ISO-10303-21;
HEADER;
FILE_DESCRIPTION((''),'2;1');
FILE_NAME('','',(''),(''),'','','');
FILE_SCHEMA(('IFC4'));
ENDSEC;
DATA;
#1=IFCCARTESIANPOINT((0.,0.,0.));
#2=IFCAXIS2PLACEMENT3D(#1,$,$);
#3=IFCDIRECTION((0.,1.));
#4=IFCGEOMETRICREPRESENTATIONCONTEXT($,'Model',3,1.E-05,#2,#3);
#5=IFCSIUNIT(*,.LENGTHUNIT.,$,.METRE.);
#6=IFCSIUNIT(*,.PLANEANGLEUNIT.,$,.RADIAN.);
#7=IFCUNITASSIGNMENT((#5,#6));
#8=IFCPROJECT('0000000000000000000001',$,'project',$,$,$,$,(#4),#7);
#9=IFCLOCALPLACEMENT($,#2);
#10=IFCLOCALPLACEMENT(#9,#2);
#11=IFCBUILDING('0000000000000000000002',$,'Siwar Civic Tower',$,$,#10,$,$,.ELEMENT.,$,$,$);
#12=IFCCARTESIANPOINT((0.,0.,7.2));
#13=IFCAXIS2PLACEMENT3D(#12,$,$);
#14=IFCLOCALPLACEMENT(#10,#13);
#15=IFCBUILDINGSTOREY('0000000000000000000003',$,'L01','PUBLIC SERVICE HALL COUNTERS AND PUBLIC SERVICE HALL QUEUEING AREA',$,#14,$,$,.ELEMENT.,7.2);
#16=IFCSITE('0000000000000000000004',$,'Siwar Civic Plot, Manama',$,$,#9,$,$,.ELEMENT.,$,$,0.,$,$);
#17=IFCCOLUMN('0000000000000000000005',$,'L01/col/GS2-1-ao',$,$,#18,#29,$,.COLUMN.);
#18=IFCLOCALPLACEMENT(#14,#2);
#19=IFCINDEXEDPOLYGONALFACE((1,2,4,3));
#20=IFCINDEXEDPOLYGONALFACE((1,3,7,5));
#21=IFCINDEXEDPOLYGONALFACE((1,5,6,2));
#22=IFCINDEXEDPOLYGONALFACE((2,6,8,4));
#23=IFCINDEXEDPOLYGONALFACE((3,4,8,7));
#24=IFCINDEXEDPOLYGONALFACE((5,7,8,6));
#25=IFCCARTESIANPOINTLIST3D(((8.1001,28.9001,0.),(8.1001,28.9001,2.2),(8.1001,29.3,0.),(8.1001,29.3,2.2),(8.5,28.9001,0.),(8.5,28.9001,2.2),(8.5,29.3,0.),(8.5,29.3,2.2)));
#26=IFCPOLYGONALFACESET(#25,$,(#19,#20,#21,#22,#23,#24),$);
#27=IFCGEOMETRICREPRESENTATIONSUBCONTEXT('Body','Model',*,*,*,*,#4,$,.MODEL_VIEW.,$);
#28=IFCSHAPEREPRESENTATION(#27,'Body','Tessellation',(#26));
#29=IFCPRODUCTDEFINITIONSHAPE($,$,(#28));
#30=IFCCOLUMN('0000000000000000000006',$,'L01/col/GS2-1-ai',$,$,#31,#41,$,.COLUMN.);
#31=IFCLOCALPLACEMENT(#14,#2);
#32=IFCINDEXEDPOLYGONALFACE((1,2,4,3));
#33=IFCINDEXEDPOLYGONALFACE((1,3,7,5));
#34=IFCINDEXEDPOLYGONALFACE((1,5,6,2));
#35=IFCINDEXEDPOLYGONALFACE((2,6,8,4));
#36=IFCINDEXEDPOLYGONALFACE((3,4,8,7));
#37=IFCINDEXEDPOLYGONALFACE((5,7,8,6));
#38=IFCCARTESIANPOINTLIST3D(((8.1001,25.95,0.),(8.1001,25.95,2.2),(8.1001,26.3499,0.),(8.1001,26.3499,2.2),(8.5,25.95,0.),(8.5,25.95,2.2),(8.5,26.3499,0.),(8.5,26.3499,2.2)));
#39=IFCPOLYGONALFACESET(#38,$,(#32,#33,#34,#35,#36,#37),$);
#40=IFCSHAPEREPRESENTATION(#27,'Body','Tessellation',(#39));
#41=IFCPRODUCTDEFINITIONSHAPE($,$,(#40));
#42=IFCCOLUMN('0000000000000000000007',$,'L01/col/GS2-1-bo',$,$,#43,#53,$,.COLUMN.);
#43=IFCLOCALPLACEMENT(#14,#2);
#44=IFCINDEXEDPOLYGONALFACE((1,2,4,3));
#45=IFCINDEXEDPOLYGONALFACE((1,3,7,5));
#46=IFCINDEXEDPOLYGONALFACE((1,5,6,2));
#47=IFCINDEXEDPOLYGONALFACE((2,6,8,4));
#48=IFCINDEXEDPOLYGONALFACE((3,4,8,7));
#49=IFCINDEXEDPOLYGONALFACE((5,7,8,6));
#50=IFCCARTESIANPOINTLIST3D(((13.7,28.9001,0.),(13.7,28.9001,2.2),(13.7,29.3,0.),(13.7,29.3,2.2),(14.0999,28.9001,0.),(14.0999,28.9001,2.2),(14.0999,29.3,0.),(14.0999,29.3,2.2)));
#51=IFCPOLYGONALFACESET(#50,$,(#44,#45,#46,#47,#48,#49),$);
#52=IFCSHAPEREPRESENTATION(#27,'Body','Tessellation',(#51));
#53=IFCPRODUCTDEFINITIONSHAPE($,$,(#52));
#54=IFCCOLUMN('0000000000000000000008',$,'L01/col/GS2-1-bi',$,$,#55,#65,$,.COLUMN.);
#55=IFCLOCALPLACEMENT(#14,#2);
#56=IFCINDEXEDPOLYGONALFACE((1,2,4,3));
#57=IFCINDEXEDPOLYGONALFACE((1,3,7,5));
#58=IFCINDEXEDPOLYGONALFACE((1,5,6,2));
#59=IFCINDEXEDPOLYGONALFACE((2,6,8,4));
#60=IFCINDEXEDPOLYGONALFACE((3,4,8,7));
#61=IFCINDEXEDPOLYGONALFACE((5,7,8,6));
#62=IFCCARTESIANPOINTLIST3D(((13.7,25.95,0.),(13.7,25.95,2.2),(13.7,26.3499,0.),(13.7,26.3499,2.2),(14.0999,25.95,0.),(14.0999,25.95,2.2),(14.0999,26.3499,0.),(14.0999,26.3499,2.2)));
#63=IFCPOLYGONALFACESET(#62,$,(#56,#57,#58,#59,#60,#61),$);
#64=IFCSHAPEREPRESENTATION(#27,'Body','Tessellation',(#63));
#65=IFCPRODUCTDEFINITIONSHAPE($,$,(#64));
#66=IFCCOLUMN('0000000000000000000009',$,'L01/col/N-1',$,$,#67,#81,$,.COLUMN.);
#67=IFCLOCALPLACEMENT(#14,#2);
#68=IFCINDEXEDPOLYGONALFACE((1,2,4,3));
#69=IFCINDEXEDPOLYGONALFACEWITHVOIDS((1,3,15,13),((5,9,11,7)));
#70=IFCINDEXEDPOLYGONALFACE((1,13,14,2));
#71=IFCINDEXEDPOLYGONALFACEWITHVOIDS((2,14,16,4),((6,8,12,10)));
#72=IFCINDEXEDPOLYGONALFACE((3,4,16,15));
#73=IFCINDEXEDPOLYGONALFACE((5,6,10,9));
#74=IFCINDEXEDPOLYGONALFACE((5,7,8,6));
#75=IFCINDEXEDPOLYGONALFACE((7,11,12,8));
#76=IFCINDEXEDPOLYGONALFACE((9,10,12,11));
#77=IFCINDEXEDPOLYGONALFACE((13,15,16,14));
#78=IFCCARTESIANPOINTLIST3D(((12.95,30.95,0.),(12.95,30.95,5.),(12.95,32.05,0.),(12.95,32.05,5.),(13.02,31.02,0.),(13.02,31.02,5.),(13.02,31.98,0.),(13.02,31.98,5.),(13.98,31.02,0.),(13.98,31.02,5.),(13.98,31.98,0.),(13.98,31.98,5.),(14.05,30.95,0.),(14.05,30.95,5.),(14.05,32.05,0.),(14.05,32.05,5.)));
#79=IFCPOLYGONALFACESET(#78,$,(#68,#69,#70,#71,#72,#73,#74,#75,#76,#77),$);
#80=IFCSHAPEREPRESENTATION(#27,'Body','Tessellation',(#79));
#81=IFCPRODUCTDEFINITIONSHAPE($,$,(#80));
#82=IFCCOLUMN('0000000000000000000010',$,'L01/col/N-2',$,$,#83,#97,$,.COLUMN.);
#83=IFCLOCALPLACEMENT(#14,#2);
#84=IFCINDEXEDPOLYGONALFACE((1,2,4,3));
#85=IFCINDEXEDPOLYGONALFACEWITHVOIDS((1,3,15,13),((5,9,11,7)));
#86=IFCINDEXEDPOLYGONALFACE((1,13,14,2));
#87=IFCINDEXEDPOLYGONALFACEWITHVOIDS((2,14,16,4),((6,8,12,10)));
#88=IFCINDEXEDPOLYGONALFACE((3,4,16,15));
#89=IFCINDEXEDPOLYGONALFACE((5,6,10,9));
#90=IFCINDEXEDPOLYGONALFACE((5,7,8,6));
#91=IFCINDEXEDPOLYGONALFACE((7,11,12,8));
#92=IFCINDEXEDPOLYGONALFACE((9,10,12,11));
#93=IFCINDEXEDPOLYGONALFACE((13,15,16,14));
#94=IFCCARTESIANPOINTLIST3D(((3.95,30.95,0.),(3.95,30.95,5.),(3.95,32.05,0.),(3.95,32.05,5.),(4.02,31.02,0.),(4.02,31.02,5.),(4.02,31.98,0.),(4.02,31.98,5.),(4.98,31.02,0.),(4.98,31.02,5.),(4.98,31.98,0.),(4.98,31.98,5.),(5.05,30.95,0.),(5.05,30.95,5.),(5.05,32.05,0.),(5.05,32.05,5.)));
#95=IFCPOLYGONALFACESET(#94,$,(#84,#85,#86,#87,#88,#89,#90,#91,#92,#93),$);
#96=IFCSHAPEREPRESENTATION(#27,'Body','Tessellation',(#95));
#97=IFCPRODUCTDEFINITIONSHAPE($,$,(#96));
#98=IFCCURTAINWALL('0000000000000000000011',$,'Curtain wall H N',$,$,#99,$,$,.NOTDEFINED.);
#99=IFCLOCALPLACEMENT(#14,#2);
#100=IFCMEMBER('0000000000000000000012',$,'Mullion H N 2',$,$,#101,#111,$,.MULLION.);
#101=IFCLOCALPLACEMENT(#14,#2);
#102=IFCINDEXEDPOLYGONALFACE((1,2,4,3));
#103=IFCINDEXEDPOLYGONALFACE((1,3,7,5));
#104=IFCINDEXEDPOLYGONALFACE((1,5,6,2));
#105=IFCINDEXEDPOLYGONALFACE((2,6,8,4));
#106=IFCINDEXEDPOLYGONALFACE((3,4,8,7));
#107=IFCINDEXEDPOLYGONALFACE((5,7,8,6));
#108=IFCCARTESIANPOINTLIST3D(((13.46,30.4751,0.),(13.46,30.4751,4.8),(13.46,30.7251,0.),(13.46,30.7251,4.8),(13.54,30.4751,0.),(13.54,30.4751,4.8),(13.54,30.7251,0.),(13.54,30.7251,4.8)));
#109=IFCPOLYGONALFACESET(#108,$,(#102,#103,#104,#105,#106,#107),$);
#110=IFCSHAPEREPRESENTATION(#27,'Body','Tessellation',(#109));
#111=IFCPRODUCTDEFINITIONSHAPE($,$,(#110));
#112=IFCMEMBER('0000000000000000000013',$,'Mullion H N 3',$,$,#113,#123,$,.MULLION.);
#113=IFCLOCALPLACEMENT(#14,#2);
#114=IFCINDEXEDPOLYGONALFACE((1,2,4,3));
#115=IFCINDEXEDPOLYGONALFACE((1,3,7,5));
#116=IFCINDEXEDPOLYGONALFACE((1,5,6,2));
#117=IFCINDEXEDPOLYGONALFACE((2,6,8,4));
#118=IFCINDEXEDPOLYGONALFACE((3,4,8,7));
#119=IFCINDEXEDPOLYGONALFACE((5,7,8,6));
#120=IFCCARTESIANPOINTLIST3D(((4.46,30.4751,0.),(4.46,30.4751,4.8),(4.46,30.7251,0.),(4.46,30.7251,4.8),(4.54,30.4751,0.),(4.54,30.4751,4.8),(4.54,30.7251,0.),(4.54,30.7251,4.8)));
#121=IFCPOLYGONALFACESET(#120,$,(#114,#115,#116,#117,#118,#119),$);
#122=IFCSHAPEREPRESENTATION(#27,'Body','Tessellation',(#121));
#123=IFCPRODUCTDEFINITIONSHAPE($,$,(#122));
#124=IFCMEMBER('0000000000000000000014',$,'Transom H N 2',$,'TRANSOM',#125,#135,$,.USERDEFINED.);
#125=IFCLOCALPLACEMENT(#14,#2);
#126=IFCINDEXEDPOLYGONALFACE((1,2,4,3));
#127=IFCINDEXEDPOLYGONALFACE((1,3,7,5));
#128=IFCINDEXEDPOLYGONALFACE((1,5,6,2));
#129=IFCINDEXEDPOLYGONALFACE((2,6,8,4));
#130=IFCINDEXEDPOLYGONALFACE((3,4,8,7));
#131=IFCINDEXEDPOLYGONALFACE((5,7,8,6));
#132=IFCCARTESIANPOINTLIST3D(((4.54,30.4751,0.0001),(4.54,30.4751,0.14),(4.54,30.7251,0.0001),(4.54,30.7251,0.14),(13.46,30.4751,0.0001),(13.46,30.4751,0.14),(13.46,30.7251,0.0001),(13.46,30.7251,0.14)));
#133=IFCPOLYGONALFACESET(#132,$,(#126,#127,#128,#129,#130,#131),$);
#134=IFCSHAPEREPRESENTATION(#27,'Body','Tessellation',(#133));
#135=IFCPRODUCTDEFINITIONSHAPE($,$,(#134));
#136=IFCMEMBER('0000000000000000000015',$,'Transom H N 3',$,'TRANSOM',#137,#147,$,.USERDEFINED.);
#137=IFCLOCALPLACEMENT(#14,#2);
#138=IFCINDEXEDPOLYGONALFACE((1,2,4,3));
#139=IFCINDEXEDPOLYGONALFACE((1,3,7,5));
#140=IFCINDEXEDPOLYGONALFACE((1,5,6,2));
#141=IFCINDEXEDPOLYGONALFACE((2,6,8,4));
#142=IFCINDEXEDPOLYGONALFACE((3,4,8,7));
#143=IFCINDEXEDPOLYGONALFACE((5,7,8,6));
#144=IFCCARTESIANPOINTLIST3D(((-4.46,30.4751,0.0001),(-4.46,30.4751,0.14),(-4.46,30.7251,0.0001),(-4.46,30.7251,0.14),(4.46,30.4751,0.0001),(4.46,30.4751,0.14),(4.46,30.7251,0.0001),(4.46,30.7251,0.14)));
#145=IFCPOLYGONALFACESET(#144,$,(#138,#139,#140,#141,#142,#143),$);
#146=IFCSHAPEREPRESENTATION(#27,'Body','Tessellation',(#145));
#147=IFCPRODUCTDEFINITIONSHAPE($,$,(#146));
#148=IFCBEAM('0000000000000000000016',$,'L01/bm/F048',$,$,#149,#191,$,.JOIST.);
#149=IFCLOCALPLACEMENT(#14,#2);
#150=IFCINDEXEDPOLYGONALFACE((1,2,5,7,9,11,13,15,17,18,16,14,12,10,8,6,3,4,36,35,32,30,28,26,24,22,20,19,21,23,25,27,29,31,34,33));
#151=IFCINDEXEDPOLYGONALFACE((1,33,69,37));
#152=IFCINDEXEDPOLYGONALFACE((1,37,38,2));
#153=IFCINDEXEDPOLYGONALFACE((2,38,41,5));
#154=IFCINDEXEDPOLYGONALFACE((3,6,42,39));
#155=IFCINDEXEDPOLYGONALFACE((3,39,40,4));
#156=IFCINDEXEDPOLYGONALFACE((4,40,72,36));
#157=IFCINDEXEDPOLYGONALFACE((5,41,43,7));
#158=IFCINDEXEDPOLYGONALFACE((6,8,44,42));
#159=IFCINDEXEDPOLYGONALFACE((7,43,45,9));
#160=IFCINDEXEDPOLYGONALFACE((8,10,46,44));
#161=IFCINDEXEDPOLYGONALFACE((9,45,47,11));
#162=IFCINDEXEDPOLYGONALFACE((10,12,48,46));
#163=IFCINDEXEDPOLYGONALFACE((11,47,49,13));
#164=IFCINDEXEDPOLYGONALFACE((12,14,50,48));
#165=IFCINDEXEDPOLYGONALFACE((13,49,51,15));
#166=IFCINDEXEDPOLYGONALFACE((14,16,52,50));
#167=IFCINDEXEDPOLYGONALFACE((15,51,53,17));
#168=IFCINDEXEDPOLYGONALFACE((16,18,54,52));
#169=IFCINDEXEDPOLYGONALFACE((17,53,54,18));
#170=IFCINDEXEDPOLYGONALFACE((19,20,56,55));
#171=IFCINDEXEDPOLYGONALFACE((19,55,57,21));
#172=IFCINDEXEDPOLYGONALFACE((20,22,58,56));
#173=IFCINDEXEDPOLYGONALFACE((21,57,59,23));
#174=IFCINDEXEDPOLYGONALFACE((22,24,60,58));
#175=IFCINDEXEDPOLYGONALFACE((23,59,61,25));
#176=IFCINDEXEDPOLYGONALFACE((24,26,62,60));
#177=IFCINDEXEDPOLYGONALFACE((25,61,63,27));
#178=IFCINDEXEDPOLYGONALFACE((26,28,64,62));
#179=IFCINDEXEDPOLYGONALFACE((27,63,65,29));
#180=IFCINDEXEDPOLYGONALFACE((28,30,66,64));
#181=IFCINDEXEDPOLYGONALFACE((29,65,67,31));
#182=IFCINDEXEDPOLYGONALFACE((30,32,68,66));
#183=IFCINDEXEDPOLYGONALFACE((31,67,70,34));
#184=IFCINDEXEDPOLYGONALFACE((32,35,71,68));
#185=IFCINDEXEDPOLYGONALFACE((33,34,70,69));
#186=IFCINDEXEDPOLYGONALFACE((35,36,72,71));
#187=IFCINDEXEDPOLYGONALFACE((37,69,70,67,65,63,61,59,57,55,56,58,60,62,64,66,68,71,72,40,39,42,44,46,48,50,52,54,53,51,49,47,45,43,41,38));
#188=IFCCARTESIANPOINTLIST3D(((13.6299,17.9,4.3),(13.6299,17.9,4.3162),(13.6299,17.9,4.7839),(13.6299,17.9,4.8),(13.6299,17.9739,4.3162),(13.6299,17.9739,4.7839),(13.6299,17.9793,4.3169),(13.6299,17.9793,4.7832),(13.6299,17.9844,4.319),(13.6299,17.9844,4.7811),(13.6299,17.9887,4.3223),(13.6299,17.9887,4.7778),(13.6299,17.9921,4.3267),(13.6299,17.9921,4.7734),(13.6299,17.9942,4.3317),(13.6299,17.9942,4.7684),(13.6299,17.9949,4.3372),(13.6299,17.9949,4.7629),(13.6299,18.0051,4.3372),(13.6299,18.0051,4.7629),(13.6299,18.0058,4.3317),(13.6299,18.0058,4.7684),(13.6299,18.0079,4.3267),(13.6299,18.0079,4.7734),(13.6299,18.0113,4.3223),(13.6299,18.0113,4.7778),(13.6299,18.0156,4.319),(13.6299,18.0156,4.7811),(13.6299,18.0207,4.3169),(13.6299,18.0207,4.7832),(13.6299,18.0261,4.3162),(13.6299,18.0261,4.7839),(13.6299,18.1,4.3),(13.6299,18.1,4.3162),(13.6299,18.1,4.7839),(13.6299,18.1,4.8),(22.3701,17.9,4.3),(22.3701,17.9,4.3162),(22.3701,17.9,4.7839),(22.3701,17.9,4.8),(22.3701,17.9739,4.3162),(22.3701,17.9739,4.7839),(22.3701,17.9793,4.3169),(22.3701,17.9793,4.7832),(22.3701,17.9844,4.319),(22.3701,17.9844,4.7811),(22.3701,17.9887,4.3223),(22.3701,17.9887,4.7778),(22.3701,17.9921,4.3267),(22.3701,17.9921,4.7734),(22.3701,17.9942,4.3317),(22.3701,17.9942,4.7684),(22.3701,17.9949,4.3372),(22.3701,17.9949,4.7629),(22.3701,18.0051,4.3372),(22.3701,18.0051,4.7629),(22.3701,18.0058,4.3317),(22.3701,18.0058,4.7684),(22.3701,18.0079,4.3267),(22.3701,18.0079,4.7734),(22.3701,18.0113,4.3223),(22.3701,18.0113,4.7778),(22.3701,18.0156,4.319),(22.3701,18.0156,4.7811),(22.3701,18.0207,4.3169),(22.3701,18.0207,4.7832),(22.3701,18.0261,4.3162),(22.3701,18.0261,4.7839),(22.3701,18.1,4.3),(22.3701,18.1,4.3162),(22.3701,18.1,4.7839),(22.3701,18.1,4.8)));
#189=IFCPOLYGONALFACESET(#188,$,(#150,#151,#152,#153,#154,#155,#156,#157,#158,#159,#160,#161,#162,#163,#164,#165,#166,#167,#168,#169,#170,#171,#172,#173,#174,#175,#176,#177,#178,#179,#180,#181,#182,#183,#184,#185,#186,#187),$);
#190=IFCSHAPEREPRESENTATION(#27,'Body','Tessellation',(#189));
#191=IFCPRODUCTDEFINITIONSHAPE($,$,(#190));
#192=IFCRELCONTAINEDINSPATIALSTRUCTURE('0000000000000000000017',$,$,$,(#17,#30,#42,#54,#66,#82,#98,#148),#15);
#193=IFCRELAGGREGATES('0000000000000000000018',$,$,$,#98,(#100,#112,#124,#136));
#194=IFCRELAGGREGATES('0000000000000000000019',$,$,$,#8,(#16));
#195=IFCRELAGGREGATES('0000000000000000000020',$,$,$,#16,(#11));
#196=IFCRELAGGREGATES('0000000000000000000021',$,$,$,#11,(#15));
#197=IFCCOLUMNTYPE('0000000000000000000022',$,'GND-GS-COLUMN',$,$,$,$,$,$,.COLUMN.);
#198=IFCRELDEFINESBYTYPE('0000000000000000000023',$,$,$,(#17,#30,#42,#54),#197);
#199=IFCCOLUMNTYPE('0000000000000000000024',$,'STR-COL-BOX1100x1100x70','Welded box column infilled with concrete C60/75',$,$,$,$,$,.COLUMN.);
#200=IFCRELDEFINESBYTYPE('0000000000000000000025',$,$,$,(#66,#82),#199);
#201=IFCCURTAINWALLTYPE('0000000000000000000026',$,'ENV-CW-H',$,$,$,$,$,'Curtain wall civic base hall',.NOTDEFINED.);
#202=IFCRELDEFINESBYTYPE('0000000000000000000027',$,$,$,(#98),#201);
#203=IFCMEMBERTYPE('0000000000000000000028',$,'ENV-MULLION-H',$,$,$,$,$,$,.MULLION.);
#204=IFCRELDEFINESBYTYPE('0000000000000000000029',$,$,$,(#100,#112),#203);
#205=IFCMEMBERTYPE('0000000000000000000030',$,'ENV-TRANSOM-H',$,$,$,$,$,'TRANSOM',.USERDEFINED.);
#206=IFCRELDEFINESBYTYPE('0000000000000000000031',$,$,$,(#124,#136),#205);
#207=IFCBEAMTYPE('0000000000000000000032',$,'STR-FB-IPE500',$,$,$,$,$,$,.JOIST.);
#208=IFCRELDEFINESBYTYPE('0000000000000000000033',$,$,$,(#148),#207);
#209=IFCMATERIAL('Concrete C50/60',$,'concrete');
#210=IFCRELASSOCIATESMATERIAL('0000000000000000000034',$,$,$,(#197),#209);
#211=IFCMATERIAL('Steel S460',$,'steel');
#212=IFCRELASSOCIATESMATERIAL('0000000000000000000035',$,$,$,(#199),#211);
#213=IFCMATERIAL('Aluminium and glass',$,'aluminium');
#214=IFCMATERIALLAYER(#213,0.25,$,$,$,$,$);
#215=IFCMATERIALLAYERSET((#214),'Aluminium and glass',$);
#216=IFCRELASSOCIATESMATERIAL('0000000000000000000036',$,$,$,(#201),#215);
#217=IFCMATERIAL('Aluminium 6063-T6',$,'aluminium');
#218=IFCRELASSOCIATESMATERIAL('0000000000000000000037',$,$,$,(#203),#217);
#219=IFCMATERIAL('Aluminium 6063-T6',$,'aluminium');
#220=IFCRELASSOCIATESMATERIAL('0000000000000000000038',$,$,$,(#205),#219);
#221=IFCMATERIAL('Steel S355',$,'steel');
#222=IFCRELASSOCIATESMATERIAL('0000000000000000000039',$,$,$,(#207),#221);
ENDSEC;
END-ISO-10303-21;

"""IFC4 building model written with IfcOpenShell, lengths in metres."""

from ifc_helpers import new_model, si_unit, direction, frame, origin, origin_2d, place, context, subcontext, project, spatial, rectangle, hollow_rectangle, i_section, extrude, material, layer, layer_set, material_profile, profile_set, type_object, element, aggregate, save


model = new_model("IFC4")

# Units and contexts
model_context = context("Model", 3, precision=1e-05, world=origin(), true_north=direction((0.0, 1.0)))
body_context = subcontext(model_context, "Body", "Model", "MODEL_VIEW")
ifc_project = project(units=[si_unit("LENGTHUNIT", "METRE"), si_unit("PLANEANGLEUNIT", "RADIAN")], contexts=[model_context])

# Site, building, storey
site_placement = place(None, origin())
site = spatial("IfcSite", under=ifc_project, at=site_placement, Name="Siwar Civic Plot, Manama", CompositionType="ELEMENT", RefElevation=0.0)
building_placement = place(site_placement, origin())
building = spatial("IfcBuilding", under=site, at=building_placement, Name="Siwar Civic Tower", CompositionType="ELEMENT")
storey_placement = place(building_placement, frame((0.0, 0.0, 7.2)))
storey = spatial("IfcBuildingStorey", under=building, at=storey_placement, Name="L01", Description="PUBLIC SERVICE HALL COUNTERS AND PUBLIC SERVICE HALL QUEUEING AREA", CompositionType="ELEMENT", Elevation=7.2)

# Columns
ifc_material_1 = material(Name="Concrete C50/60", Category="concrete")
ifc_material_profile_1 = material_profile(ifc_material_1, rectangle(XDim=0.3999, YDim=0.3999, at=origin_2d()), Name="RC400x400")
ifc_profile_set_1 = profile_set([ifc_material_profile_1], Name="Concrete C50/60")
column_type_1 = type_object("IfcColumnType", Name="GND-GS-COLUMN", PredefinedType="COLUMN", material=ifc_profile_set_1)
for number, where, z_axis, x_axis, name in (
    (1, (8.3, 29.1001, 0.0), (0.0, 0.0, 1.0), (1.0, 0.0, 0.0), "L01/col/GS2-1-ao"),
    (2, (8.3, 26.1499, 0.0), (0.0, 0.0, 1.0), (1.0, 0.0, 0.0), "L01/col/GS2-1-ai"),
    (3, (13.8999, 29.1001, 0.0), (0.0, 0.0, 1.0), (1.0, 0.0, 0.0), "L01/col/GS2-1-bo"),
    (4, (13.8999, 26.1499, 0.0), (0.0, 0.0, 1.0), (1.0, 0.0, 0.0), "L01/col/GS2-1-bi"),
):
    element("IfcColumn", number, at=place(storey_placement, frame(where, z_axis=z_axis, x_axis=x_axis)), inside=storey, type_object=column_type_1, Name=name, PredefinedType="COLUMN", context=body_context, shape_type="SweptSolid", body=[
        extrude(rectangle(XDim=0.3999, YDim=0.3999, at=origin_2d()), origin(), (0.0, 0.0, 1.0), 2.2),
    ])
ifc_material_2 = material(Name="Steel S460", Category="steel")
ifc_material_profile_2 = material_profile(ifc_material_2, hollow_rectangle(XDim=1.1001, YDim=1.1001, WallThickness=0.0701, at=origin_2d()), Name="BOX1100x1100x70")
ifc_profile_set_2 = profile_set([ifc_material_profile_2], Name="Steel S460")
column_type_2 = type_object("IfcColumnType", Name="STR-COL-BOX1100x1100x70", Description="Welded box column infilled with concrete C60/75", PredefinedType="COLUMN", material=ifc_profile_set_2)
for number, where, z_axis, x_axis, name in (
    (5, (13.5, 31.5, 0.0), (0.0, 0.0, 1.0), (1.0, 0.0, 0.0), "L01/col/N-1"),
    (6, (4.5, 31.5, 0.0), (0.0, 0.0, 1.0), (1.0, 0.0, 0.0), "L01/col/N-2"),
):
    element("IfcColumn", number, at=place(storey_placement, frame(where, z_axis=z_axis, x_axis=x_axis)), inside=storey, type_object=column_type_2, Name=name, PredefinedType="COLUMN", context=body_context, shape_type="SweptSolid", body=[
        extrude(hollow_rectangle(XDim=1.1001, YDim=1.1001, WallThickness=0.0701, at=origin_2d()), origin(), (0.0, 0.0, 1.0), 5.0),
    ])

# Curtain wall, members
ifc_material_3 = material(Name="Aluminium and glass", Category="aluminium")
ifc_layer_1 = layer(ifc_material_3, 0.25)
ifc_layer_set_1 = layer_set([ifc_layer_1], Name="Aluminium and glass")
curtain_wall_type = type_object("IfcCurtainWallType", Name="ENV-CW-H", ElementType="Curtain wall civic base hall", PredefinedType="NOTDEFINED", material=ifc_layer_set_1)
curtain_wall_placement = place(storey_placement, origin())
curtain_wall = element("IfcCurtainWall", 7, at=curtain_wall_placement, inside=storey, type_object=curtain_wall_type, Name="Curtain wall H N", PredefinedType="NOTDEFINED")
ifc_material_4 = material(Name="Aluminium 6063-T6", Category="aluminium")
ifc_material_profile_3 = material_profile(ifc_material_4, rectangle(XDim=0.25, YDim=0.0801, at=origin_2d()), Name="AL 250x80")
ifc_profile_set_3 = profile_set([ifc_material_profile_3], Name="Aluminium 6063-T6")
member_type_1 = type_object("IfcMemberType", Name="ENV-MULLION-H", PredefinedType="MULLION", material=ifc_profile_set_3)
member_1_placement = place(storey_placement, frame((13.5, 30.6001, 0.0), z_axis=(0.0, 0.0, 1.0), x_axis=(0.0, -1.0, 0.0)))
member_1 = element("IfcMember", 8, at=member_1_placement, type_object=member_type_1, Name="Mullion H N 2", PredefinedType="MULLION", context=body_context, shape_type="SweptSolid", body=[
    extrude(rectangle(XDim=0.25, YDim=0.0801, at=origin_2d()), origin(), (0.0, 0.0, 1.0), 4.8),
])
member_2_placement = place(storey_placement, frame((4.5, 30.6001, 0.0), z_axis=(0.0, 0.0, 1.0), x_axis=(0.0, -1.0, 0.0)))
member_2 = element("IfcMember", 9, at=member_2_placement, type_object=member_type_1, Name="Mullion H N 3", PredefinedType="MULLION", context=body_context, shape_type="SweptSolid", body=[
    extrude(rectangle(XDim=0.25, YDim=0.0801, at=origin_2d()), origin(), (0.0, 0.0, 1.0), 4.8),
])
ifc_material_5 = material(Name="Aluminium 6063-T6", Category="aluminium")
ifc_material_profile_4 = material_profile(ifc_material_5, rectangle(XDim=0.25, YDim=0.1399, at=origin_2d()), Name="AL 250x140")
ifc_profile_set_4 = profile_set([ifc_material_profile_4], Name="Aluminium 6063-T6")
member_type_2 = type_object("IfcMemberType", Name="ENV-TRANSOM-H", ElementType="TRANSOM", PredefinedType="USERDEFINED", material=ifc_profile_set_4)
member_3_placement = place(storey_placement, frame((13.46, 30.6001, 0.0701), z_axis=(-1.0, 0.0, 0.0), x_axis=(0.0, -1.0, 0.0)))
member_3 = element("IfcMember", 10, at=member_3_placement, type_object=member_type_2, Name="Transom H N 2", ObjectType="TRANSOM", PredefinedType="USERDEFINED", context=body_context, shape_type="SweptSolid", body=[
    extrude(rectangle(XDim=0.25, YDim=0.1399, at=origin_2d()), origin(), (0.0, 0.0, 1.0), 8.9199),
])
member_4_placement = place(storey_placement, frame((4.46, 30.6001, 0.0701), z_axis=(-1.0, 0.0, 0.0), x_axis=(0.0, -1.0, 0.0)))
member_4 = element("IfcMember", 11, at=member_4_placement, type_object=member_type_2, Name="Transom H N 3", ObjectType="TRANSOM", PredefinedType="USERDEFINED", context=body_context, shape_type="SweptSolid", body=[
    extrude(rectangle(XDim=0.25, YDim=0.1399, at=origin_2d()), origin(), (0.0, 0.0, 1.0), 8.9199),
])

# Beam
ifc_material_6 = material(Name="Steel S355", Category="steel")
ifc_material_profile_5 = material_profile(ifc_material_6, i_section(OverallWidth=0.2, OverallDepth=0.5, WebThickness=0.0103, FlangeThickness=0.0161, FilletRadius=0.021, at=origin_2d()), Name="IPE500")
ifc_profile_set_5 = profile_set([ifc_material_profile_5], Name="Steel S355")
beam_type_1 = type_object("IfcBeamType", Name="STR-FB-IPE500", PredefinedType="JOIST", material=ifc_profile_set_5)
beam_1_placement = place(storey_placement, frame((13.6299, 18.0, 4.55), z_axis=(1.0, 0.0, 0.0), x_axis=(0.0, 1.0, 0.0)))
element("IfcBeam", 12, at=beam_1_placement, inside=storey, type_object=beam_type_1, Name="L01/bm/F048", PredefinedType="JOIST", context=body_context, shape_type="SweptSolid", body=[
    extrude(i_section(OverallWidth=0.2, OverallDepth=0.5, WebThickness=0.0103, FlangeThickness=0.0161, FilletRadius=0.021, at=origin_2d()), origin(), (0.0, 0.0, 1.0), 8.7402),
])

aggregate(curtain_wall, [member_1, member_2, member_3, member_4])

save(model, "model.ifc")
